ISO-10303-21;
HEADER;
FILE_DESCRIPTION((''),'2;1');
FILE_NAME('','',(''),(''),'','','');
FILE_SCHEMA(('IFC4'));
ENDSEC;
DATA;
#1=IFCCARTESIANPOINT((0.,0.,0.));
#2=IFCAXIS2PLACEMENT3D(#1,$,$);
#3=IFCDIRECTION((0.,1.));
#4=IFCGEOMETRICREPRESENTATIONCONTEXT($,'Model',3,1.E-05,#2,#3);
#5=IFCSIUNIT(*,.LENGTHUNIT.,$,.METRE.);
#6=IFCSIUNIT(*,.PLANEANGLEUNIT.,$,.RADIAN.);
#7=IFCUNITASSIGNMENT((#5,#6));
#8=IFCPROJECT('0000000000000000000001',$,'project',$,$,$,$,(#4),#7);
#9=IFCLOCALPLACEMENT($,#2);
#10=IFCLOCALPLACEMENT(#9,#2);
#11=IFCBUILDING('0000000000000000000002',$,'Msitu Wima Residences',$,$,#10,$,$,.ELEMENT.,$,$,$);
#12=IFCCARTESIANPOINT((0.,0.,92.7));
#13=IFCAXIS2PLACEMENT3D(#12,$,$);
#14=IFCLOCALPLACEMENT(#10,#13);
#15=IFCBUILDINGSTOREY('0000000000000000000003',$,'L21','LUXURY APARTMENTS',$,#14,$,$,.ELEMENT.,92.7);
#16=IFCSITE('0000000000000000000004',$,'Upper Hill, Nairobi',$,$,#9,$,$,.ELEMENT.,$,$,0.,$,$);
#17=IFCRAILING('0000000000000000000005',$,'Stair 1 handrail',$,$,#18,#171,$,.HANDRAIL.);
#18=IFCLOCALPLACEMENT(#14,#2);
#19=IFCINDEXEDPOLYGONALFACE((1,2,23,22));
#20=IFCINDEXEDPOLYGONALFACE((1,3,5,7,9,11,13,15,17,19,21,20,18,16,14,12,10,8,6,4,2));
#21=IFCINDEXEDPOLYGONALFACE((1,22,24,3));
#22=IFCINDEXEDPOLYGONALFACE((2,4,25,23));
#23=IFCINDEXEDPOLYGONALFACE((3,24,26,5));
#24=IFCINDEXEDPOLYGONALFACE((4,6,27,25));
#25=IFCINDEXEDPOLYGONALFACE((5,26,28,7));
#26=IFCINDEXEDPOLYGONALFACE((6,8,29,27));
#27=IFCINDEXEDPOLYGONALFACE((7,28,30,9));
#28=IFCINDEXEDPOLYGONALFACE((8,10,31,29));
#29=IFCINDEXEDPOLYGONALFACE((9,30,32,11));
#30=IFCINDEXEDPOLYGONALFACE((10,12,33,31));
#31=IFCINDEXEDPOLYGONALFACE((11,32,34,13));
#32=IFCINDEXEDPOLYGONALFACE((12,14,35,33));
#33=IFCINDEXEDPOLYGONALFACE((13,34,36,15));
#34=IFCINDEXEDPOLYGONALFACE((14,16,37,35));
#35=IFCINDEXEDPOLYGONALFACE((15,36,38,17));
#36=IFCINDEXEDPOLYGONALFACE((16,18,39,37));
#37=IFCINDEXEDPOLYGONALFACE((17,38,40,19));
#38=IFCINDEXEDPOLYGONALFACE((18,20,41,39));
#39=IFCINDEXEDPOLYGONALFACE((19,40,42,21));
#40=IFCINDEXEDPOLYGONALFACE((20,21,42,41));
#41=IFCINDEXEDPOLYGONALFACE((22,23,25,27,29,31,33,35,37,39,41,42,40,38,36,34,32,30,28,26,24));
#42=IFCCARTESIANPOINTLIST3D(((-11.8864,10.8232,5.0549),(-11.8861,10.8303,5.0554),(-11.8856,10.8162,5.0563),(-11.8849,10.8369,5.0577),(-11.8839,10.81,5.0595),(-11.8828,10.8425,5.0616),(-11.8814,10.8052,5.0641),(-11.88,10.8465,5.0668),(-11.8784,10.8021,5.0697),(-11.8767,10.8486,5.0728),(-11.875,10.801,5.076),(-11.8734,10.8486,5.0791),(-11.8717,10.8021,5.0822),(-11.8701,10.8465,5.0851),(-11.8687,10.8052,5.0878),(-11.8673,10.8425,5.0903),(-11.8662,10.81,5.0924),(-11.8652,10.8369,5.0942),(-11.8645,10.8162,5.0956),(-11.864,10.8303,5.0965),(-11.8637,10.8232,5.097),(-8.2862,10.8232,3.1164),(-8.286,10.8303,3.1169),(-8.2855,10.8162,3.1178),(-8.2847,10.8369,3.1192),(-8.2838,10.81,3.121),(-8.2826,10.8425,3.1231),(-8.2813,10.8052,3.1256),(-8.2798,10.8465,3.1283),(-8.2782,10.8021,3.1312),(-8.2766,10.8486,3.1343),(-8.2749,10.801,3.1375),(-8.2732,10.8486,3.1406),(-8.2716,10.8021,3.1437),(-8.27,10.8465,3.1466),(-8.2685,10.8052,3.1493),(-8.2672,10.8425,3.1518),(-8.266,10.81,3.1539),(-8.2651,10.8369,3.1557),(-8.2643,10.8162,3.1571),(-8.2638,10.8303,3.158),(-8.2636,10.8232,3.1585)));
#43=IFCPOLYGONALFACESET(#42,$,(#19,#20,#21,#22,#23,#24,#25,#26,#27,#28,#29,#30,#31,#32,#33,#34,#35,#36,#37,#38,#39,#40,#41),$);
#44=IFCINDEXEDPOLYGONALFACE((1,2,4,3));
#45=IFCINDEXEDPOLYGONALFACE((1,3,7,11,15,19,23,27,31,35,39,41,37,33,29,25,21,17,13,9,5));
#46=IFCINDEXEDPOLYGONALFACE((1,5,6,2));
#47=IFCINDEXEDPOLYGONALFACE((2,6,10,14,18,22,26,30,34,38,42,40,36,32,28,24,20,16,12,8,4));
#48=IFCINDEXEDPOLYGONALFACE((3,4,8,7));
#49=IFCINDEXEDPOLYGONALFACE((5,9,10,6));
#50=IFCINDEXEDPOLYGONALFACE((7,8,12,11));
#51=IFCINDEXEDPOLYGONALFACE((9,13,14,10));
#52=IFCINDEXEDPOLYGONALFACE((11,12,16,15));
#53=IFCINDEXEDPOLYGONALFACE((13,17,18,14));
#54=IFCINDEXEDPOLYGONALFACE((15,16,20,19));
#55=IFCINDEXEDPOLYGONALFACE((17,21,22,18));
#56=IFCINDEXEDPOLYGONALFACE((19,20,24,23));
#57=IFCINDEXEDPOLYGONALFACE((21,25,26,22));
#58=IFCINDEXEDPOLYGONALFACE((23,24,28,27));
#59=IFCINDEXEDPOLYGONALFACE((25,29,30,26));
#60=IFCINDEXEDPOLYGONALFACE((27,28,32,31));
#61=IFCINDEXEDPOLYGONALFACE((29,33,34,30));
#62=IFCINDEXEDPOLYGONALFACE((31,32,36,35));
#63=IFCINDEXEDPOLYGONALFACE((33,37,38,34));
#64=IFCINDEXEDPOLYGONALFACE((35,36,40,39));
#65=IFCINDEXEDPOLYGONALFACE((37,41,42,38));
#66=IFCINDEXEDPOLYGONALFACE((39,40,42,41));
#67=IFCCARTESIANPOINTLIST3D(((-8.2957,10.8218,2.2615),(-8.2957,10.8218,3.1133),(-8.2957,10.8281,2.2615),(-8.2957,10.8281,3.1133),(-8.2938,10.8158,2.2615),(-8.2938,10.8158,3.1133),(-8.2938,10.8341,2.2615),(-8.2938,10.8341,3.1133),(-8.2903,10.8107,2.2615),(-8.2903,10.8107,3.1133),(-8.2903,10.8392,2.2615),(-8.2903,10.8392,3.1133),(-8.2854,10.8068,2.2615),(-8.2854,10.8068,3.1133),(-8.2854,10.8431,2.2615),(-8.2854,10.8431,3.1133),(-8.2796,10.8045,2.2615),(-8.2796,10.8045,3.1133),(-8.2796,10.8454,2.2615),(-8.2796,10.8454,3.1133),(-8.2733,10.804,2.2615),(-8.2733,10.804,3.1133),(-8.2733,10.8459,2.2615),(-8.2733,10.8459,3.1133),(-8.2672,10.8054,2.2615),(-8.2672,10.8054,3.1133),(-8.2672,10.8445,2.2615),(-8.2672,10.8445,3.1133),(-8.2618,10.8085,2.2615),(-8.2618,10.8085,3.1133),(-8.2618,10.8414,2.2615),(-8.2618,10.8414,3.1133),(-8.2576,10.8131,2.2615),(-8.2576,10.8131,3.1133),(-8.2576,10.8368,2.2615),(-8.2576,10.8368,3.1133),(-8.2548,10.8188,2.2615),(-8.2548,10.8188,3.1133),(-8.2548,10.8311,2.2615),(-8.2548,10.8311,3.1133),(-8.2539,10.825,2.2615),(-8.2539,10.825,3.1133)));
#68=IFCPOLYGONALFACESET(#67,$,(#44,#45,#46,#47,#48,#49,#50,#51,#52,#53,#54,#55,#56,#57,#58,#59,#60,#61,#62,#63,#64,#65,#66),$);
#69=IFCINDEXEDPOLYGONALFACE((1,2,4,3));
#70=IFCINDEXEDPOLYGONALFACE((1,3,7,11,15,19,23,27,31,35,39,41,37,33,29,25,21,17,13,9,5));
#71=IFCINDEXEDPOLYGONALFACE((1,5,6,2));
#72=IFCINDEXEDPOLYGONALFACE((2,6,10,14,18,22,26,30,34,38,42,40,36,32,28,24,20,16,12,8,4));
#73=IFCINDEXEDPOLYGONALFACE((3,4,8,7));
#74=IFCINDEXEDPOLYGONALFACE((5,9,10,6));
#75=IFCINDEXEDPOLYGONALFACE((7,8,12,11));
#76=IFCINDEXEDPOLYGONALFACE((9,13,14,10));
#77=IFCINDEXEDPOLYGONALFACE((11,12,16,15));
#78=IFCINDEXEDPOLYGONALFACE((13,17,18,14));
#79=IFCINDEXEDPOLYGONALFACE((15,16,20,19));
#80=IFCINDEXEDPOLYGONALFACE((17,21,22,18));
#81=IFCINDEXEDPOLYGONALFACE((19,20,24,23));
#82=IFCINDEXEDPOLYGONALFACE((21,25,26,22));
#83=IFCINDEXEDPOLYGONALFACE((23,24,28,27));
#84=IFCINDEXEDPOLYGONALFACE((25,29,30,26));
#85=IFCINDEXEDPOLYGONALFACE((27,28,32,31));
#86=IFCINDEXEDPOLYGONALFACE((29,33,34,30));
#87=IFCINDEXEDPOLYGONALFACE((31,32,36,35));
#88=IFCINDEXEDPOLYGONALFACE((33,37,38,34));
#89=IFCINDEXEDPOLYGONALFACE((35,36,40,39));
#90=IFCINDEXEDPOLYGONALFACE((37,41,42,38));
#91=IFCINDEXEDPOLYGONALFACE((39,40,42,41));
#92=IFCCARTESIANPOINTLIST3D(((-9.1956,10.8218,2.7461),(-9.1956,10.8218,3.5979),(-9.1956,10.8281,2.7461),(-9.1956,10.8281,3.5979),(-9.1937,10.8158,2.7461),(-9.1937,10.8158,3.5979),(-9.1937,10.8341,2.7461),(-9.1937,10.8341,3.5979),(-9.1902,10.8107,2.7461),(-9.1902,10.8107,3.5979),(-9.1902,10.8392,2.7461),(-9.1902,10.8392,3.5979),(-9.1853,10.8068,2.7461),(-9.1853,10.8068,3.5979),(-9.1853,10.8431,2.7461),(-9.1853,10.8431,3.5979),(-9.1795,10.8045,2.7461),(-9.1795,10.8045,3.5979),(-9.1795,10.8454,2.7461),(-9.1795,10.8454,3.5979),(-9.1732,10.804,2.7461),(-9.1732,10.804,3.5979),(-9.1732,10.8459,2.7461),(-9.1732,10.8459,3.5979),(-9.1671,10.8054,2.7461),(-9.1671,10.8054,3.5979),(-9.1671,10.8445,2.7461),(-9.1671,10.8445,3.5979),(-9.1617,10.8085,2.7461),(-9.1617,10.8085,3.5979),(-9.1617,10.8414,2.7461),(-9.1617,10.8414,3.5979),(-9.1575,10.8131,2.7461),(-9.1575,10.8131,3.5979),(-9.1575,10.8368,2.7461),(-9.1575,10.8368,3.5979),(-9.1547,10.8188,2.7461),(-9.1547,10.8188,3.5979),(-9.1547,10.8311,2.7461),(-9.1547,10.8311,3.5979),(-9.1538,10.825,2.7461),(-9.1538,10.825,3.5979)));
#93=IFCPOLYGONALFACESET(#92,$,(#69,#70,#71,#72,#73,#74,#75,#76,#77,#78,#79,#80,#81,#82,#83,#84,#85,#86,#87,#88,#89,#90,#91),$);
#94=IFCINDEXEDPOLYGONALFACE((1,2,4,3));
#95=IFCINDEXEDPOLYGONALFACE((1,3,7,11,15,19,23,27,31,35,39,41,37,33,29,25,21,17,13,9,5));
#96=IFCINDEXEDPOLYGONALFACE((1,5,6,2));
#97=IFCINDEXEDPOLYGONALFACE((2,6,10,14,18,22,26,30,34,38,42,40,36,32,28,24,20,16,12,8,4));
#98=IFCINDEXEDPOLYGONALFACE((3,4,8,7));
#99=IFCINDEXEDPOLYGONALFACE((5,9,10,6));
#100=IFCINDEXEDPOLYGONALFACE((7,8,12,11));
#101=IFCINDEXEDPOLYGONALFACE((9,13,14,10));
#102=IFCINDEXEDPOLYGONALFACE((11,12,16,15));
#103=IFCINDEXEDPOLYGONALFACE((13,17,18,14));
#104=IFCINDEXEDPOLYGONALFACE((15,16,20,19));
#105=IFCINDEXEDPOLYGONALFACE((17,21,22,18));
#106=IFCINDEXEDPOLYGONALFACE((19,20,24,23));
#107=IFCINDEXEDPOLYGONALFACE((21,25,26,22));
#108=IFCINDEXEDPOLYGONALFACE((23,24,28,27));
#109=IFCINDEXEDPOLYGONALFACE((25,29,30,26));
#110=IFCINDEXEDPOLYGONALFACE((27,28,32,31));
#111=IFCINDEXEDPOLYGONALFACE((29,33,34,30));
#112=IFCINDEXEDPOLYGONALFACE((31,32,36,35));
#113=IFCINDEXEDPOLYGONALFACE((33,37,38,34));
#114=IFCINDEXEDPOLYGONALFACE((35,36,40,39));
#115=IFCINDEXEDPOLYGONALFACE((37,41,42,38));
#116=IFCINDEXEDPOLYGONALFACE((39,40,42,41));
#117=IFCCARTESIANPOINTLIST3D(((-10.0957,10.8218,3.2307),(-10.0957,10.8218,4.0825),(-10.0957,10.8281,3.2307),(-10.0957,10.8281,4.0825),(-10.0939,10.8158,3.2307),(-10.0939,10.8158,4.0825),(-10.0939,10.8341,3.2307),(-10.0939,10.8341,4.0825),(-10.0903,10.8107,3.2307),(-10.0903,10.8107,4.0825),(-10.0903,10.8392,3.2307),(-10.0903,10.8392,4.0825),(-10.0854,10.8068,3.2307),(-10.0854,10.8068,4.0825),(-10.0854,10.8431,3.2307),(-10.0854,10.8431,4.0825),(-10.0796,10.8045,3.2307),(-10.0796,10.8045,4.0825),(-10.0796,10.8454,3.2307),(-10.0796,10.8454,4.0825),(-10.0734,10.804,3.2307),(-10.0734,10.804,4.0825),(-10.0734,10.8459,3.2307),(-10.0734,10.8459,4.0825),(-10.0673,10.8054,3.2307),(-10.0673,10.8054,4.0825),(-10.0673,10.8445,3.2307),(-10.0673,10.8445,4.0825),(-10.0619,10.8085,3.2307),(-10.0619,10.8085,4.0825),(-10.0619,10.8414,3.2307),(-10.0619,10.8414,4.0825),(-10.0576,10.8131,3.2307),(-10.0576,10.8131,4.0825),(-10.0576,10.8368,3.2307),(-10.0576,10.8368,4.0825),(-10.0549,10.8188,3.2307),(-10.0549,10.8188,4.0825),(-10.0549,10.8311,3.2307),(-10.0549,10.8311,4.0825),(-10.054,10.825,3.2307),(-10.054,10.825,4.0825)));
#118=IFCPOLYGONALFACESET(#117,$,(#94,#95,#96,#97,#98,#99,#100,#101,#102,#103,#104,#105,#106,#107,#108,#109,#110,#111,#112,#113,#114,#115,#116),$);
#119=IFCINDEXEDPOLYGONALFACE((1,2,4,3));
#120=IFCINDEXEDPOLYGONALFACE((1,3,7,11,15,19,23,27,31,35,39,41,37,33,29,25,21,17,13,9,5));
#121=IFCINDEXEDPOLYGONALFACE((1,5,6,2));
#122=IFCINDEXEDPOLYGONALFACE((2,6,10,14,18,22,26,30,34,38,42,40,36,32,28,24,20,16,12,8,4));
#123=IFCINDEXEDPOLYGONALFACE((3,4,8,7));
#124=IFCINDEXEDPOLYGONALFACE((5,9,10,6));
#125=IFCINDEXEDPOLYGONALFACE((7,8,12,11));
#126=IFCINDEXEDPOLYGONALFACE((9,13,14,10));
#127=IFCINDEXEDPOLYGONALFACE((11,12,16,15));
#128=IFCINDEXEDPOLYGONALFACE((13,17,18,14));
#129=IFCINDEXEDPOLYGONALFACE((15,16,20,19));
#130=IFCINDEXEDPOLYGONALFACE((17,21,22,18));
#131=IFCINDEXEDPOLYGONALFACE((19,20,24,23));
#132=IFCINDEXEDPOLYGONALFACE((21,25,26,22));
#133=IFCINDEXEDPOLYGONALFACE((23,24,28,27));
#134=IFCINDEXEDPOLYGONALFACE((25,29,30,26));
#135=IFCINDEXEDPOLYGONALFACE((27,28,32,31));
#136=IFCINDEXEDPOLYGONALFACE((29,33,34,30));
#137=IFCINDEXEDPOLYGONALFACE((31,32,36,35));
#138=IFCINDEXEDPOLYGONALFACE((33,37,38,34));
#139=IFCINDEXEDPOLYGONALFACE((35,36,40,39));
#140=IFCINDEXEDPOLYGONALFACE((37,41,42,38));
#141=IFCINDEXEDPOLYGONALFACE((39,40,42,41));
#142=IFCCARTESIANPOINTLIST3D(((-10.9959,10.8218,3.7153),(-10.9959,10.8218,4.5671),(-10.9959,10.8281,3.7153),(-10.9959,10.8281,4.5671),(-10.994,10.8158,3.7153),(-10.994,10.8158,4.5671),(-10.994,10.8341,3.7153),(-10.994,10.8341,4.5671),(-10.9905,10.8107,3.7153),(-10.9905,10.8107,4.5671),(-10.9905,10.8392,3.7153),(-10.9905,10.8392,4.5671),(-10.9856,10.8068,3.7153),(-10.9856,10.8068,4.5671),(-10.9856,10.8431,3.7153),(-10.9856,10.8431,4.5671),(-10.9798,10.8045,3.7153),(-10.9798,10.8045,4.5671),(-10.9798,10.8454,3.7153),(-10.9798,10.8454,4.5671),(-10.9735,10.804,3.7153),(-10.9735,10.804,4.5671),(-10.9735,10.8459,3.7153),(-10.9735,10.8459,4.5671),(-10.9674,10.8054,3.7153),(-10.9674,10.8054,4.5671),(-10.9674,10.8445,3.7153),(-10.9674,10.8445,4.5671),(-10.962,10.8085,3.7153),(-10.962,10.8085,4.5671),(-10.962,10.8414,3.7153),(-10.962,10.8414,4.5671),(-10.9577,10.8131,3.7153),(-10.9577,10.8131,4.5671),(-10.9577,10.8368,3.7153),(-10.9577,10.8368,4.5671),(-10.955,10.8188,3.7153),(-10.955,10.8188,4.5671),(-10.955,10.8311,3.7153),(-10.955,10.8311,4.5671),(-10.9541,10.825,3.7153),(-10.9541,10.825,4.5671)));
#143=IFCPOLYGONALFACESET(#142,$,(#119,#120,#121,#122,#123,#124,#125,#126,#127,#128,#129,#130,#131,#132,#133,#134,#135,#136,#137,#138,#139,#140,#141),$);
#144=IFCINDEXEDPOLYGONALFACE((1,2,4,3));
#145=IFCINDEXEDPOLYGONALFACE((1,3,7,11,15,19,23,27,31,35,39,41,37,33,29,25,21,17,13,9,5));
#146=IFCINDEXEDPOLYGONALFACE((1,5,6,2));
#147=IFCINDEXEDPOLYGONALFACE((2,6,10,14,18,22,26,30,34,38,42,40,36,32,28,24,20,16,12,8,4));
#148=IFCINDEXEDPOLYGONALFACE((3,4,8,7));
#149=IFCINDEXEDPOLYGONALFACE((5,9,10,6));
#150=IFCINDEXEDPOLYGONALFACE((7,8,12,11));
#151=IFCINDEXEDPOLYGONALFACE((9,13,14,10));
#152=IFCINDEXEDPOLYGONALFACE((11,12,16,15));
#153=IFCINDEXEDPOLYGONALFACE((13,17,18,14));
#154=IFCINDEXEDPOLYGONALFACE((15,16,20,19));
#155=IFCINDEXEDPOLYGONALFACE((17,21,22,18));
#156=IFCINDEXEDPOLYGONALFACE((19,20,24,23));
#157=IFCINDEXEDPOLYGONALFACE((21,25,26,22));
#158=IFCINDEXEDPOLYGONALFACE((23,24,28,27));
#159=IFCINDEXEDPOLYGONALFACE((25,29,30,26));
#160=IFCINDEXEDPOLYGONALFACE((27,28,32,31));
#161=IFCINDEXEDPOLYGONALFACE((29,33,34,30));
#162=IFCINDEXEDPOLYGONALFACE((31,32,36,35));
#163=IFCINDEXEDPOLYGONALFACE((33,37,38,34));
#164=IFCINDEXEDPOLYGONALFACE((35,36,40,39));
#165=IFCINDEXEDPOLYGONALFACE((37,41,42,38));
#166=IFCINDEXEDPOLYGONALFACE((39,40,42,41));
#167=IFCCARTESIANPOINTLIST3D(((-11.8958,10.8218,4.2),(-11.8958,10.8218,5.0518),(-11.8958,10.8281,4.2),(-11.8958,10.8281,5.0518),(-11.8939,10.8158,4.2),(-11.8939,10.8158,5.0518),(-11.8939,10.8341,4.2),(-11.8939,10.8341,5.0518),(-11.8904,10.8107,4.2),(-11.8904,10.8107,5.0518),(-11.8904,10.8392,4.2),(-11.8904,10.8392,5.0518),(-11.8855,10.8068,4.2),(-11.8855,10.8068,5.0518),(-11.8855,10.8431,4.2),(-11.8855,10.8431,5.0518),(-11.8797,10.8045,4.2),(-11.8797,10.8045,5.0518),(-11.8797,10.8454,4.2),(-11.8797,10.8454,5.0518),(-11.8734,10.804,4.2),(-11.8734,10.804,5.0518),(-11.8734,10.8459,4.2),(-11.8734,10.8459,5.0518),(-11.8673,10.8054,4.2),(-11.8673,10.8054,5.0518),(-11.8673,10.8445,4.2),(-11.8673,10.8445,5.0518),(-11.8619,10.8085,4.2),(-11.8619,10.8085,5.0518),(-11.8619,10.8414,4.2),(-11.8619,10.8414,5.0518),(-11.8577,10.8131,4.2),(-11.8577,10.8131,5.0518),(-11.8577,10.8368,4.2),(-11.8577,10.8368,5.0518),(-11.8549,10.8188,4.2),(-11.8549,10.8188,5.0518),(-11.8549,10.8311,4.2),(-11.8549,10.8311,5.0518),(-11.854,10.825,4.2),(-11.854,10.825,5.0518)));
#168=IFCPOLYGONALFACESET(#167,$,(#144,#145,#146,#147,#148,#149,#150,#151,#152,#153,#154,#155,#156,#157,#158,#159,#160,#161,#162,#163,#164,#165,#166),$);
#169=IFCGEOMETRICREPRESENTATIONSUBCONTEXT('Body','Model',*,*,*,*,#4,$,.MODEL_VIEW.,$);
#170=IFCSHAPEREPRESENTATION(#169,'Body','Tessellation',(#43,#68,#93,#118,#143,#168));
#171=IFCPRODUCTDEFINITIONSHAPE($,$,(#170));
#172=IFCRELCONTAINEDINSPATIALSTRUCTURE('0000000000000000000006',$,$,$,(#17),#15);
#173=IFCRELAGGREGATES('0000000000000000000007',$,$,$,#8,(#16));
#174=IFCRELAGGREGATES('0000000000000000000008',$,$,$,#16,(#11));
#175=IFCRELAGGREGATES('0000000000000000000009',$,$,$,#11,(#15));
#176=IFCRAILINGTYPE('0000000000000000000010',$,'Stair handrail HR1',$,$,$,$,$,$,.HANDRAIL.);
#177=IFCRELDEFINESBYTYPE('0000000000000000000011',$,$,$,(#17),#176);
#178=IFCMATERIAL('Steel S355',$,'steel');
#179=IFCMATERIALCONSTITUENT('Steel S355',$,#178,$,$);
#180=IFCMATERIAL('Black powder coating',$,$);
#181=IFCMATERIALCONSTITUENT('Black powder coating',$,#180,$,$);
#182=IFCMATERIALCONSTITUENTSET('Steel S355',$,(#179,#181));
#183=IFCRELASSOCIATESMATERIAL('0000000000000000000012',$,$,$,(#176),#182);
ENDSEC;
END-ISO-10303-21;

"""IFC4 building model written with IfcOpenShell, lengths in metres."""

from ifc_helpers import new_model, si_unit, direction, frame, origin, origin_2d, place, context, subcontext, project, spatial, circle, extrude, material, constituent, constituent_set, type_object, element, save


model = new_model("IFC4")

# Units and contexts
model_context = context("Model", 3, precision=1e-05, world=origin(), true_north=direction((0.0, 1.0)))
body_context = subcontext(model_context, "Body", "Model", "MODEL_VIEW")
ifc_project = project(units=[si_unit("LENGTHUNIT", "METRE"), si_unit("PLANEANGLEUNIT", "RADIAN")], contexts=[model_context])

# Site, building, storey
site_placement = place(None, origin())
site = spatial("IfcSite", under=ifc_project, at=site_placement, Name="Upper Hill, Nairobi", CompositionType="ELEMENT", RefElevation=0.0)
building_placement = place(site_placement, origin())
building = spatial("IfcBuilding", under=site, at=building_placement, Name="Msitu Wima Residences", CompositionType="ELEMENT")
storey_placement = place(building_placement, frame((0.0, 0.0, 92.7)))
storey = spatial("IfcBuildingStorey", under=building, at=storey_placement, Name="L21", Description="LUXURY APARTMENTS", CompositionType="ELEMENT", Elevation=92.7)

# Railing
ifc_material_1 = material(Name="Steel S355", Category="steel")
ifc_constituent_1 = constituent(ifc_material_1, Name="Steel S355")
ifc_material_2 = material(Name="Black powder coating")
ifc_constituent_2 = constituent(ifc_material_2, Name="Black powder coating")
ifc_constituent_set = constituent_set(constituents=[ifc_constituent_1, ifc_constituent_2], Name="Steel S355")
railing_type = type_object("IfcRailingType", Name="Stair handrail HR1", PredefinedType="HANDRAIL", material=ifc_constituent_set)
for number, where, name in (
    (1, (-8.2749, 10.825, 2.2615), "Stair 1 handrail"),
):
    element("IfcRailing", number, at=place(storey_placement, frame(where)), inside=storey, type_object=railing_type, Name=name, PredefinedType="HANDRAIL", context=body_context, shape_type="SweptSolid", body=[
        extrude(circle(Radius=0.0239, at=origin_2d()), frame((0.0, 0.0, 0.876), z_axis=(-0.880475, 0.0, 0.474093), x_axis=(0.0, -1.0, 0.0)), (0.0, 0.0, 1.0), 4.0889),
        extrude(circle(Radius=0.021, at=origin_2d()), origin(), (0.0, 0.0, 1.0), 0.8518),
        extrude(circle(Radius=0.021, at=origin_2d()), frame((-0.8999, 0.0, 0.4846)), (0.0, 0.0, 1.0), 0.8518),
        extrude(circle(Radius=0.021, at=origin_2d()), frame((-1.8, 0.0, 0.9692)), (0.0, 0.0, 1.0), 0.8518),
        extrude(circle(Radius=0.021, at=origin_2d()), frame((-2.7002, 0.0, 1.4539)), (0.0, 0.0, 1.0), 0.8518),
        extrude(circle(Radius=0.021, at=origin_2d()), frame((-3.6001, 0.0, 1.9385)), (0.0, 0.0, 1.0), 0.8518),
    ])

save(model, "model.ifc")
